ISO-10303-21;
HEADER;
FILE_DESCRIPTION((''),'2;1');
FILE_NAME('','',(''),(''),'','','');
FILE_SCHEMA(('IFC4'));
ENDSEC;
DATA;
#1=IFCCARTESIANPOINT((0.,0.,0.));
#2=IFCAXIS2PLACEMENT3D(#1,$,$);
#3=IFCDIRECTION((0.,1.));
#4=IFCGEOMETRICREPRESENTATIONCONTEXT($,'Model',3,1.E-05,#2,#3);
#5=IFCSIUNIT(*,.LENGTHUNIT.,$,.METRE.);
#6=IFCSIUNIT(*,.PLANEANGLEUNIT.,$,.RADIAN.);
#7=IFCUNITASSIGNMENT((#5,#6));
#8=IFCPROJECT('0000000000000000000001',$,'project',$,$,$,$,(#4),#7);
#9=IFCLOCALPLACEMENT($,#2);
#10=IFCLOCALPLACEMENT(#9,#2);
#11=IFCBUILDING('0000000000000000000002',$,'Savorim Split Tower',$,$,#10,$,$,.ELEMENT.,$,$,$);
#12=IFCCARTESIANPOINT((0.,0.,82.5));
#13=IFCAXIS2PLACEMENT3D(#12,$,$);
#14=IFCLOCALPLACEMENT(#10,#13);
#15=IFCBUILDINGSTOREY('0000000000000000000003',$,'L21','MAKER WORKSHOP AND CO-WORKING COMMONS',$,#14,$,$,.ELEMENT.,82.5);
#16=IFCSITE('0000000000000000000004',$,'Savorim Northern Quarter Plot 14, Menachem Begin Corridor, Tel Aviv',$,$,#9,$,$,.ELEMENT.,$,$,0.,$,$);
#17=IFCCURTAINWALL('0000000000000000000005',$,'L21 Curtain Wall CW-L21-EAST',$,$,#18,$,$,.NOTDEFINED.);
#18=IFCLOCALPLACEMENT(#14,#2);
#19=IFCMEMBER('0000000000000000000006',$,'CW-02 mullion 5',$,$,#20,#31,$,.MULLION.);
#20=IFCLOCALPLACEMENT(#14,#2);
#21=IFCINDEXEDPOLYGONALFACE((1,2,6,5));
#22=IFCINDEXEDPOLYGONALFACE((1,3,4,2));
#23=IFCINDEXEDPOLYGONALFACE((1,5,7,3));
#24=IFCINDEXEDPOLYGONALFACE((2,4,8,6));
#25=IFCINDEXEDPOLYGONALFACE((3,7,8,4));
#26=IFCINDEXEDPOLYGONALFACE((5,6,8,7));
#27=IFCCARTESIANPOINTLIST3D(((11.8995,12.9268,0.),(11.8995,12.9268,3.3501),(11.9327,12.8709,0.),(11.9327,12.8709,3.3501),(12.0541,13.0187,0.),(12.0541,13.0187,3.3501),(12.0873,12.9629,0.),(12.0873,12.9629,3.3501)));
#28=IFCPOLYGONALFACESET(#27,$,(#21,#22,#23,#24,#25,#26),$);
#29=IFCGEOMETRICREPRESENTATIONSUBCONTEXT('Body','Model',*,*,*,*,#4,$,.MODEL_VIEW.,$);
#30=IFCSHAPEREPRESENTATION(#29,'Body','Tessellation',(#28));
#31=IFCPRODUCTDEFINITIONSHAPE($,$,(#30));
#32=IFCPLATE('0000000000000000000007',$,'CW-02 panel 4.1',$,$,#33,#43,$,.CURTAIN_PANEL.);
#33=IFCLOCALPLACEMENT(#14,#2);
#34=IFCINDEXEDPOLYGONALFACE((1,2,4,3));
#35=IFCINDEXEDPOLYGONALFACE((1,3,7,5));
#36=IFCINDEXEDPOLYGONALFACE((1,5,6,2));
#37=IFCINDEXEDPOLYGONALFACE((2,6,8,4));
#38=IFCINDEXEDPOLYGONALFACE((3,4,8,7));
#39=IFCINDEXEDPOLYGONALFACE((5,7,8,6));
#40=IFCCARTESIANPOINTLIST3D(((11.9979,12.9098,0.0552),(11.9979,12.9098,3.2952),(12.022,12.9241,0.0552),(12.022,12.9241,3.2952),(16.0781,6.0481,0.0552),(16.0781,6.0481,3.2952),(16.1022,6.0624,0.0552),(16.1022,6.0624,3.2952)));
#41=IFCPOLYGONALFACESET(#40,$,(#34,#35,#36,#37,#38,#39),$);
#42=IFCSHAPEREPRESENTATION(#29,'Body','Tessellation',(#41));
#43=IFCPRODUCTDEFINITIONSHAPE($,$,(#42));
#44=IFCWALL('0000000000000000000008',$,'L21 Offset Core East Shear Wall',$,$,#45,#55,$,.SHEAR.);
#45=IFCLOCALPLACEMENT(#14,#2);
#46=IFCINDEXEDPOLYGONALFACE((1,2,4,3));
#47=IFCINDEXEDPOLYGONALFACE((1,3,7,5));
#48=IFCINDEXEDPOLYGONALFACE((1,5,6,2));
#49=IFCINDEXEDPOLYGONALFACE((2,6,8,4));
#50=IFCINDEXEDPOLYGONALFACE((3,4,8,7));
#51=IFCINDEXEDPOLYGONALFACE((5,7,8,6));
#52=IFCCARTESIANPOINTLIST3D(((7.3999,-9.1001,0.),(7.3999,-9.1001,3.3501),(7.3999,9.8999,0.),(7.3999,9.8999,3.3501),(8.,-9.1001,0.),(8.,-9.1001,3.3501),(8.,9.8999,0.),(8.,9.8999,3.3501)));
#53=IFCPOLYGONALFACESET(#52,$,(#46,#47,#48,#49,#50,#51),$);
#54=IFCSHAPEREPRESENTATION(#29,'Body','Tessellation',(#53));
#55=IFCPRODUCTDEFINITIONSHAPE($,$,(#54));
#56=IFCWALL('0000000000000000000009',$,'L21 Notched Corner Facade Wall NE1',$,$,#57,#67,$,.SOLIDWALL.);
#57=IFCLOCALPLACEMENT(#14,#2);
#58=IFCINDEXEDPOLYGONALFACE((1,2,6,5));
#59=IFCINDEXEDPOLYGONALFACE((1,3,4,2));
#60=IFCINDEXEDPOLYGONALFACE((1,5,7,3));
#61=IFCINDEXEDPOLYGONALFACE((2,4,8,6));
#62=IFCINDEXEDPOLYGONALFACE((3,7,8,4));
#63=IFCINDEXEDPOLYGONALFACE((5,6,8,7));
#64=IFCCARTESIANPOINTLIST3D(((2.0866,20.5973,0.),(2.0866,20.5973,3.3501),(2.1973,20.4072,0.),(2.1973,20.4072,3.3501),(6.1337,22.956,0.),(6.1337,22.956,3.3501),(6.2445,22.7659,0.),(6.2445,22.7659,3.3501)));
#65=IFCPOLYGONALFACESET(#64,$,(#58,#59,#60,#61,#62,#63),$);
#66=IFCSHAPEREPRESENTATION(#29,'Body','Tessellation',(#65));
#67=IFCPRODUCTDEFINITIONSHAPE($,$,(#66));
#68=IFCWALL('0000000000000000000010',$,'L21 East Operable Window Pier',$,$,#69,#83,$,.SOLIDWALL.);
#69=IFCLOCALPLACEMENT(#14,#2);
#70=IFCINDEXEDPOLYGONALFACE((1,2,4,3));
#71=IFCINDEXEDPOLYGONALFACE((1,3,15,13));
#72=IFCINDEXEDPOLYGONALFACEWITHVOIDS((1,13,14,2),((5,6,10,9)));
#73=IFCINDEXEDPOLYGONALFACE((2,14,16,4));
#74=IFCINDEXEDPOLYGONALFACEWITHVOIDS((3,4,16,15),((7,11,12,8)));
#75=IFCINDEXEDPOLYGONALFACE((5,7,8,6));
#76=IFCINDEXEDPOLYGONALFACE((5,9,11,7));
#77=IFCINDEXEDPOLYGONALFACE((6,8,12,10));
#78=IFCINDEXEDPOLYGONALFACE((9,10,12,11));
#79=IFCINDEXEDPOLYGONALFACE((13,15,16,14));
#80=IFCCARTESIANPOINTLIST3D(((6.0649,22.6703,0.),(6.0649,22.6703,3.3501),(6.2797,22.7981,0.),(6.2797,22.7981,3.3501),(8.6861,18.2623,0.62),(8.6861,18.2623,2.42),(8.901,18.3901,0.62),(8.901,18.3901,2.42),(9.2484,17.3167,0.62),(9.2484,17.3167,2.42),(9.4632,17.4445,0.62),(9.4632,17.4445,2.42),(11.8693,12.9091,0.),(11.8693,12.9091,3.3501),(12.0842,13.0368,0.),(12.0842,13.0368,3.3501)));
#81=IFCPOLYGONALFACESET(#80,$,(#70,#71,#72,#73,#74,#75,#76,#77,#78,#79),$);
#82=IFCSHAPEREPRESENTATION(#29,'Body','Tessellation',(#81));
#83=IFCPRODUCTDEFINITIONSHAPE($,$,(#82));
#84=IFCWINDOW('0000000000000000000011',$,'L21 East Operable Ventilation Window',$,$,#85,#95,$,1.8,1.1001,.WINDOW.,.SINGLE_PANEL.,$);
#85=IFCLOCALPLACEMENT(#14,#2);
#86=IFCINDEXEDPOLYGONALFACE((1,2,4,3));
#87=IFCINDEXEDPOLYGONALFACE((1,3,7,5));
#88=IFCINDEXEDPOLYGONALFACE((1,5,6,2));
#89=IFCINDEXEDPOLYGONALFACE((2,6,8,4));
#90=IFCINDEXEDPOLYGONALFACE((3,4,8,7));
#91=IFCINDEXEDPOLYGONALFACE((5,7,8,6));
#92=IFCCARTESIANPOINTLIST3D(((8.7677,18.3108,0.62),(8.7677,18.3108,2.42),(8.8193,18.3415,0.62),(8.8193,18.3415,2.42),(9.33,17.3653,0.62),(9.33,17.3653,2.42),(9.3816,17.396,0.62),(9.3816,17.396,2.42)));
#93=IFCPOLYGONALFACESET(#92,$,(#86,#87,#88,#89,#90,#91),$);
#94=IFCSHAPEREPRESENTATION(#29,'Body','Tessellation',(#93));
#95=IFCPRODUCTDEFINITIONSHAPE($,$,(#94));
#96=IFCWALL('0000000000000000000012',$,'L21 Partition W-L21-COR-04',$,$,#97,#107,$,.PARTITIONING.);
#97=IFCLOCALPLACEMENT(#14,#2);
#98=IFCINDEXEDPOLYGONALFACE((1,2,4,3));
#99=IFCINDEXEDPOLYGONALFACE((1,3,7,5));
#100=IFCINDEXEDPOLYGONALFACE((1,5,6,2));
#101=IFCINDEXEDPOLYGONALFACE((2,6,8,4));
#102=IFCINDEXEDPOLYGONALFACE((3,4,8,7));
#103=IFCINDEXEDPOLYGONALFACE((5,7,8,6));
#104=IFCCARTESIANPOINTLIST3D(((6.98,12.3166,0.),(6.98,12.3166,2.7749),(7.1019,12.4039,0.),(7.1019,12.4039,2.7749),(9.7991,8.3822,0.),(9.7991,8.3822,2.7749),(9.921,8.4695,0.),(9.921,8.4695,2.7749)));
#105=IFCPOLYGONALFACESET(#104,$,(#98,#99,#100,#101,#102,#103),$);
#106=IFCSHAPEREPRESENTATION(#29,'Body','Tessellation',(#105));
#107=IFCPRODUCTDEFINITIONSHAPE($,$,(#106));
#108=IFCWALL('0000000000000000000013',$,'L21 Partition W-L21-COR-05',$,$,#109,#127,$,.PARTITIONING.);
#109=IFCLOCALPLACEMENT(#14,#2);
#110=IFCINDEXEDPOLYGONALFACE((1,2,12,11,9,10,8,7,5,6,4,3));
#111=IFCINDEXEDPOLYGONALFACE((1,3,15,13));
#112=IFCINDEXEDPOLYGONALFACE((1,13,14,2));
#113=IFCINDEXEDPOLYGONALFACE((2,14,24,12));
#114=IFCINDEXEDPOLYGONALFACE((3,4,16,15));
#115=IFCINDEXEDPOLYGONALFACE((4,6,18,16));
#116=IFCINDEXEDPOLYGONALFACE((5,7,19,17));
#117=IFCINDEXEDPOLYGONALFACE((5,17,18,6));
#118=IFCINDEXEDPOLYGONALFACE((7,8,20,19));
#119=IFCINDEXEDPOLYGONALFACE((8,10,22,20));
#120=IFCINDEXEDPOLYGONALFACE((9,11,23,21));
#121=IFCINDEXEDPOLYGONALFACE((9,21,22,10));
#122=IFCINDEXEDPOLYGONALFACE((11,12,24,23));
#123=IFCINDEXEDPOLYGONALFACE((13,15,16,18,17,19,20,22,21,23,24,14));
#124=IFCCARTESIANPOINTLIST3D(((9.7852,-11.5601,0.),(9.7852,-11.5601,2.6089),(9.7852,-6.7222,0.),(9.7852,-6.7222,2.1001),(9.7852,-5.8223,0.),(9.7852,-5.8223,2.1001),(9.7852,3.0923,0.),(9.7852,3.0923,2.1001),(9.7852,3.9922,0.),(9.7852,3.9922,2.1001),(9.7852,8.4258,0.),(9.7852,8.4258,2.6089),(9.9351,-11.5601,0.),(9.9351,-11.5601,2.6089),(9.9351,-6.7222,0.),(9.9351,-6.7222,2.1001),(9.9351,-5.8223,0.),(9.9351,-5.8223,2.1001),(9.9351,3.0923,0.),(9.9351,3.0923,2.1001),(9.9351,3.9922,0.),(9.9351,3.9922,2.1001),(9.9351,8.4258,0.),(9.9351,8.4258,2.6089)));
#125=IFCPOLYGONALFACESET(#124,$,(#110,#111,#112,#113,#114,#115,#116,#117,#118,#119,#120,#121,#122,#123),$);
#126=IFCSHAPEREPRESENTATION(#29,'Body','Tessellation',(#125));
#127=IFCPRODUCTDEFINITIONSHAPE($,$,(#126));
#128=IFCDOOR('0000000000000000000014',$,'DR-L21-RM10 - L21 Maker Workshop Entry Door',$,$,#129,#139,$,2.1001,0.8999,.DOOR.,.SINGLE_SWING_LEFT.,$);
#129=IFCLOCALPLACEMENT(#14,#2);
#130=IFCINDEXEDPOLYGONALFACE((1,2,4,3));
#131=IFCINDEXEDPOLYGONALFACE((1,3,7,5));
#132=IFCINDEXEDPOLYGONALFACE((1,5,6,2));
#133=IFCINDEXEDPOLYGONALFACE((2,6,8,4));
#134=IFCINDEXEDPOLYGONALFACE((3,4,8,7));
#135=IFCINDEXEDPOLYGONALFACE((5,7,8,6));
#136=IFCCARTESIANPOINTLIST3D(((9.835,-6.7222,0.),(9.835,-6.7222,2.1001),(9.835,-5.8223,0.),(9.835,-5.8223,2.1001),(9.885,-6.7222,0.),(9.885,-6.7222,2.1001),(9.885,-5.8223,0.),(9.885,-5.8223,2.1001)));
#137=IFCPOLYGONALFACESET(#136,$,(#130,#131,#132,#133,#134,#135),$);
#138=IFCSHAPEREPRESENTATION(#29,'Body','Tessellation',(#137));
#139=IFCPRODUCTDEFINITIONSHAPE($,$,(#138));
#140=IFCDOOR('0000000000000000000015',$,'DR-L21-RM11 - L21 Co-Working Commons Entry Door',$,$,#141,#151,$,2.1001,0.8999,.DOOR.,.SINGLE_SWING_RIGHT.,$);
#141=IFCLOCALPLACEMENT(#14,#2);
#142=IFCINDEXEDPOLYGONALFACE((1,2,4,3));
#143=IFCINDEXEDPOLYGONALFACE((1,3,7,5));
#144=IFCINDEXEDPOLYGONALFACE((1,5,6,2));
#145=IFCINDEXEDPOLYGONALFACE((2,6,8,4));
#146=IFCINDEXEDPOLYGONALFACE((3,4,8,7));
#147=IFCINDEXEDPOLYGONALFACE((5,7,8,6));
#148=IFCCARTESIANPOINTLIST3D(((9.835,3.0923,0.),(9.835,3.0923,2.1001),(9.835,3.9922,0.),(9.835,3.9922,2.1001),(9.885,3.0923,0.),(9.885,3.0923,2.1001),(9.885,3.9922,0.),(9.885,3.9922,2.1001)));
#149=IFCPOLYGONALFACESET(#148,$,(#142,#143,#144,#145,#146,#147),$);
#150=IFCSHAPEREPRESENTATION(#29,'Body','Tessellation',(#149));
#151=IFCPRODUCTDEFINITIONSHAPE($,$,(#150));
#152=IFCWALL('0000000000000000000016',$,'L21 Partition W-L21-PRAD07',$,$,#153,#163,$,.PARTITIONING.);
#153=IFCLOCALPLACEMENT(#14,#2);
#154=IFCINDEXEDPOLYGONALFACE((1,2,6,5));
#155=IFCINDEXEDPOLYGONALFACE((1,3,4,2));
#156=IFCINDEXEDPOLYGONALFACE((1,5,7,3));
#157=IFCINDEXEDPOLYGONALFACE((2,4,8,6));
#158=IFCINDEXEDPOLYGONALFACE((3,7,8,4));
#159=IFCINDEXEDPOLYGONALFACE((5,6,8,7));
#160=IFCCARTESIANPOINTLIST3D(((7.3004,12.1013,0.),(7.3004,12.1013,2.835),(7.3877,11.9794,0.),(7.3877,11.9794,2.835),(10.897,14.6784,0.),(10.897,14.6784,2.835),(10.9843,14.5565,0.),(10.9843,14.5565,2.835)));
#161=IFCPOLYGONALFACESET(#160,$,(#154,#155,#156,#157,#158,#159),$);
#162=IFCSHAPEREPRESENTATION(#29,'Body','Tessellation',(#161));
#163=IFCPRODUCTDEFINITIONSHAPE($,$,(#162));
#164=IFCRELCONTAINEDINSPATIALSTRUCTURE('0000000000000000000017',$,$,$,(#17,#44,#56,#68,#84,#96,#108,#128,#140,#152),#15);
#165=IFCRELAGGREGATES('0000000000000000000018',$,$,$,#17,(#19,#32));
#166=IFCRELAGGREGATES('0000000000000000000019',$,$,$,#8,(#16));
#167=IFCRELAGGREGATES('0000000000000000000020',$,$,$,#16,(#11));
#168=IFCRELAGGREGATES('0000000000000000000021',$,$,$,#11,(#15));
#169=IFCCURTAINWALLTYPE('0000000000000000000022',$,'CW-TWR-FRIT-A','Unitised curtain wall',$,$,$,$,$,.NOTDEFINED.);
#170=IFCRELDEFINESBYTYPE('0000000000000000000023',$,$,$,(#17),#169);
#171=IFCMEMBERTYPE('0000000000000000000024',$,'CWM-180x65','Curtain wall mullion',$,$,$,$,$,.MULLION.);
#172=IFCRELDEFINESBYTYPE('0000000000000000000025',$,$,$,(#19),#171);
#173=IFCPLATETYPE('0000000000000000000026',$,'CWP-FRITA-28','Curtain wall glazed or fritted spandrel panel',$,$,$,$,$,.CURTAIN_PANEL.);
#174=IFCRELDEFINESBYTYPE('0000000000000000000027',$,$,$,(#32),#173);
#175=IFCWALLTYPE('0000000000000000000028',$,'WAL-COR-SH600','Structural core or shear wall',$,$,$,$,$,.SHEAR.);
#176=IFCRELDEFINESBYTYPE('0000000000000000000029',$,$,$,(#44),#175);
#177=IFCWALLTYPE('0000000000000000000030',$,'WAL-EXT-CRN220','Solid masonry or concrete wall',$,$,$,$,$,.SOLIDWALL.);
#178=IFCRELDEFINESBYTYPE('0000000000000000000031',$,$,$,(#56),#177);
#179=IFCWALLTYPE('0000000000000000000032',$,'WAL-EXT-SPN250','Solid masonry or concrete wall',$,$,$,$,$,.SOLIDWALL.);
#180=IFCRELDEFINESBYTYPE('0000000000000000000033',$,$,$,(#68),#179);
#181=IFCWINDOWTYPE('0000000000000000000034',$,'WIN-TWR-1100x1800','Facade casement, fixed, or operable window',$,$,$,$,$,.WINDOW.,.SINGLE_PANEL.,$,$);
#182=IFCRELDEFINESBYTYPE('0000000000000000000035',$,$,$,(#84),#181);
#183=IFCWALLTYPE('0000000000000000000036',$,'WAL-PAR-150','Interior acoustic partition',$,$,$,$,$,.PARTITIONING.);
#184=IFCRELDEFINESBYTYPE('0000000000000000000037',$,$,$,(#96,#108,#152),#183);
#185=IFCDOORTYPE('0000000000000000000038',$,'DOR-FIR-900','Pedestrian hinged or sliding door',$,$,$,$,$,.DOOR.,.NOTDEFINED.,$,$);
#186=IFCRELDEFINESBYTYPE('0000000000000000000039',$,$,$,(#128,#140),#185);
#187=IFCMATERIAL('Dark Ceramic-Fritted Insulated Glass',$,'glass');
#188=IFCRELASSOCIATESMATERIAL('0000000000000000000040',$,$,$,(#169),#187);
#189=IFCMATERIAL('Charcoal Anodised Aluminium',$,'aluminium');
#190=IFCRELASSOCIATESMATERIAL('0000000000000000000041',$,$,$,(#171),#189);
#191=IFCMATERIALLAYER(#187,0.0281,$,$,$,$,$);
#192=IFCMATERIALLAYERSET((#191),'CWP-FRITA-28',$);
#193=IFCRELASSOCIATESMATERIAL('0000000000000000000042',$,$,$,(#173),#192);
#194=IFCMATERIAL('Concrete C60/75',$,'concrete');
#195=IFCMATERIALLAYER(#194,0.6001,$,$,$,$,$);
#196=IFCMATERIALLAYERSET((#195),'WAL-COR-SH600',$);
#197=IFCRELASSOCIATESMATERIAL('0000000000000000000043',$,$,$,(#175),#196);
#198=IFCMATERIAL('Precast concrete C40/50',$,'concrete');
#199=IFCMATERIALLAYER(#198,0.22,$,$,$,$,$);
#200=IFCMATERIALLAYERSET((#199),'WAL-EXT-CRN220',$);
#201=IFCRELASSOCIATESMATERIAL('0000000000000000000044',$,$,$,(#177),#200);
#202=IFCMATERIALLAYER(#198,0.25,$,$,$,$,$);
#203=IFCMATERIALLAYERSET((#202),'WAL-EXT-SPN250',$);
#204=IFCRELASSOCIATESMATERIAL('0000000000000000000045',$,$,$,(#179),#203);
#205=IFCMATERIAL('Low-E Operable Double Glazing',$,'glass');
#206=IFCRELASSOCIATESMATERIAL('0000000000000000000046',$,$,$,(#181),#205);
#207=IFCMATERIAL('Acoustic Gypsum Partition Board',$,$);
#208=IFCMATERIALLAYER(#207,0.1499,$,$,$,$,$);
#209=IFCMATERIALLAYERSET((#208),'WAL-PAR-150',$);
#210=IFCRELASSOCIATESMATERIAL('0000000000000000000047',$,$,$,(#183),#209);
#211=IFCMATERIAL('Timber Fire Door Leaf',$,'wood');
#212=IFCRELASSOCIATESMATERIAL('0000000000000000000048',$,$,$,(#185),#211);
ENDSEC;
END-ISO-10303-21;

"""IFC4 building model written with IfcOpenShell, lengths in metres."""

from ifc_helpers import new_model, si_unit, direction, frame, frame_2d, origin, origin_2d, place, context, subcontext, project, spatial, rectangle, extrude, material, layer, layer_set, material_profile, profile_set, type_object, element, fill, aggregate, save


model = new_model("IFC4")

# Units and contexts
model_context = context("Model", 3, precision=1e-05, world=origin(), true_north=direction((0.0, 1.0)))
body_context = subcontext(model_context, "Body", "Model", "MODEL_VIEW")
ifc_project = project(units=[si_unit("LENGTHUNIT", "METRE"), si_unit("PLANEANGLEUNIT", "RADIAN")], contexts=[model_context])

# Site, building, storey
site_placement = place(None, origin())
site = spatial("IfcSite", under=ifc_project, at=site_placement, Name="Savorim Northern Quarter Plot 14, Menachem Begin Corridor, Tel Aviv", CompositionType="ELEMENT", RefElevation=0.0)
building_placement = place(site_placement, origin())
building = spatial("IfcBuilding", under=site, at=building_placement, Name="Savorim Split Tower", CompositionType="ELEMENT")
storey_placement = place(building_placement, frame((0.0, 0.0, 82.5)))
storey = spatial("IfcBuildingStorey", under=building, at=storey_placement, Name="L21", Description="MAKER WORKSHOP AND CO-WORKING COMMONS", CompositionType="ELEMENT", Elevation=82.5)

# Curtain wall, member, plate
ifc_material_1 = material(Name="Dark Ceramic-Fritted Insulated Glass", Category="glass")
curtain_wall_type = type_object("IfcCurtainWallType", Name="CW-TWR-FRIT-A", Description="Unitised curtain wall", PredefinedType="NOTDEFINED", material=ifc_material_1)
curtain_wall_placement = place(storey_placement, origin())
curtain_wall = element("IfcCurtainWall", 1, at=curtain_wall_placement, inside=storey, type_object=curtain_wall_type, Name="L21 Curtain Wall CW-L21-EAST", PredefinedType="NOTDEFINED")
ifc_material_2 = material(Name="Charcoal Anodised Aluminium", Category="aluminium")
ifc_material_profile_1 = material_profile(ifc_material_2, rectangle(XDim=0.1799, YDim=0.0649, at=origin_2d()), Name="ALU-M 180x65")
ifc_profile_set_1 = profile_set([ifc_material_profile_1], Name="Charcoal Anodised Aluminium")
member_type = type_object("IfcMemberType", Name="CWM-180x65", Description="Curtain wall mullion", PredefinedType="MULLION", material=ifc_profile_set_1)
member_placement = place(storey_placement, frame((11.9934, 12.9448, 0.0), z_axis=(0.0, 0.0, 1.0), x_axis=(-0.859525, -0.511094, 0.0)))
member = element("IfcMember", 2, at=member_placement, type_object=member_type, Name="CW-02 mullion 5", PredefinedType="MULLION", context=body_context, shape_type="SweptSolid", body=[
    extrude(rectangle(XDim=0.1799, YDim=0.0649, at=origin_2d()), origin(), (0.0, 0.0, 1.0), 3.3501),
])
ifc_layer_1 = layer(ifc_material_1, 0.0281)
ifc_layer_set_1 = layer_set([ifc_layer_1], Name="CWP-FRITA-28")
plate_type = type_object("IfcPlateType", Name="CWP-FRITA-28", Description="Curtain wall glazed or fritted spandrel panel", PredefinedType="CURTAIN_PANEL", material=ifc_layer_set_1)
plate_placement = place(storey_placement, frame((14.05, 9.4861, 0.0552), z_axis=(0.0, 0.0, 1.0), x_axis=(-0.511094, 0.859525, 0.0)))
plate = element("IfcPlate", 3, at=plate_placement, type_object=plate_type, Name="CW-02 panel 4.1", PredefinedType="CURTAIN_PANEL", context=body_context, shape_type="SweptSolid", body=[
    extrude(rectangle(XDim=7.9832, YDim=0.0281, at=origin_2d()), origin(), (0.0, 0.0, 1.0), 3.24),
])
aggregate(curtain_wall, [member, plate])

# Shared definitions
ifc_material_3 = material(Name="Concrete C60/75", Category="concrete")
ifc_layer_2 = layer(ifc_material_3, 0.6001)
ifc_layer_set_2 = layer_set([ifc_layer_2], Name="WAL-COR-SH600")
wall_type_1 = type_object("IfcWallType", Name="WAL-COR-SH600", Description="Structural core or shear wall", PredefinedType="SHEAR", material=ifc_layer_set_2)
ifc_material_4 = material(Name="Timber Fire Door Leaf", Category="wood")

# Walls
wall_1_placement = place(storey_placement, frame((7.7, 9.8999, 0.0), z_axis=(0.0, 0.0, 1.0), x_axis=(0.0, -1.0, 0.0)))
element("IfcWall", 4, at=wall_1_placement, inside=storey, type_object=wall_type_1, Name="L21 Offset Core East Shear Wall", PredefinedType="SHEAR", context=body_context, shape_type="SweptSolid", body=[
    extrude(rectangle(XDim=19.0, YDim=0.6001, at=frame_2d((9.5, 0.0))), origin(), (0.0, 0.0, 1.0), 3.3501),
])
ifc_material_5 = material(Name="Precast concrete C40/50", Category="concrete")
ifc_layer_3 = layer(ifc_material_5, 0.22)
ifc_layer_set_3 = layer_set([ifc_layer_3], Name="WAL-EXT-CRN220")
wall_type_2 = type_object("IfcWallType", Name="WAL-EXT-CRN220", Description="Solid masonry or concrete wall", PredefinedType="SOLIDWALL", material=ifc_layer_set_3)
wall_2_placement = place(storey_placement, frame((2.1418, 20.5022, 0.0), z_axis=(0.0, 0.0, 1.0), x_axis=(0.863981, 0.503524, 0.0)))
element("IfcWall", 5, at=wall_2_placement, inside=storey, type_object=wall_type_2, Name="L21 Notched Corner Facade Wall NE1", PredefinedType="SOLIDWALL", context=body_context, shape_type="SweptSolid", body=[
    extrude(rectangle(XDim=4.6843, YDim=0.22, at=frame_2d((2.3423, 0.0))), origin(), (0.0, 0.0, 1.0), 3.3501),
])

# Wall, opening, window
ifc_layer_4 = layer(ifc_material_5, 0.25)
ifc_layer_set_4 = layer_set([ifc_layer_4], Name="WAL-EXT-SPN250")
wall_type_3 = type_object("IfcWallType", Name="WAL-EXT-SPN250", Description="Solid masonry or concrete wall", PredefinedType="SOLIDWALL", material=ifc_layer_set_4)
wall_3_placement = place(storey_placement, frame((6.1724, 22.7341, 0.0), z_axis=(0.0, 0.0, 1.0), x_axis=(0.511106, -0.859518, 0.0)))
wall_3 = element("IfcWall", 6, at=wall_3_placement, inside=storey, type_object=wall_type_3, Name="L21 East Operable Window Pier", PredefinedType="SOLIDWALL", context=body_context, shape_type="SweptSolid", body=[
    extrude(rectangle(XDim=11.3567, YDim=0.25, at=frame_2d((5.6782, 0.0))), origin(), (0.0, 0.0, 1.0), 3.3501),
])
opening_1_placement = place(wall_3_placement, frame((5.1284, 0.0, 0.6201)))
opening_1 = element("IfcOpeningElement", 7, at=opening_1_placement, cuts=wall_3, PredefinedType="OPENING", context=body_context, shape_type="SweptSolid", body=[
    extrude(rectangle(XDim=1.1001, YDim=1.8, at=frame_2d((0.55, 0.8999))), frame((0.0, 0.135, 0.0), z_axis=(0.0, -1.0, 0.0), x_axis=(1.0, 0.0, 0.0)), (0.0, 0.0, 1.0), 0.27),
])
ifc_material_6 = material(Name="Low-E Operable Double Glazing", Category="glass")
window_type = type_object("IfcWindowType", Name="WIN-TWR-1100x1800", Description="Facade casement, fixed, or operable window", PartitioningType="SINGLE_PANEL", PredefinedType="WINDOW", material=ifc_material_6)
window_placement = place(opening_1_placement, origin())
window = element("IfcWindow", 8, at=window_placement, inside=storey, type_object=window_type, Name="L21 East Operable Ventilation Window", OverallHeight=1.8, OverallWidth=1.1001, PartitioningType="SINGLE_PANEL", PredefinedType="WINDOW", context=body_context, shape_type="SweptSolid", body=[
    extrude(rectangle(XDim=1.1001, YDim=1.8, at=frame_2d((0.55, 0.8999))), frame((0.0, 0.03, 0.0), z_axis=(0.0, -1.0, 0.0), x_axis=(1.0, 0.0, 0.0)), (0.0, 0.0, 1.0), 0.0601),
])
fill(opening_1, window)

# Wall
ifc_material_7 = material(Name="Acoustic Gypsum Partition Board")
ifc_layer_5 = layer(ifc_material_7, 0.1499)
ifc_layer_set_5 = layer_set([ifc_layer_5], Name="WAL-PAR-150")
wall_type_4 = type_object("IfcWallType", Name="WAL-PAR-150", Description="Interior acoustic partition", PredefinedType="PARTITIONING", material=ifc_layer_set_5)
wall_4_placement = place(storey_placement, frame((7.041, 12.3601, 0.0), z_axis=(0.0, 0.0, 1.0), x_axis=(0.58245, -0.812867, 0.0)))
element("IfcWall", 9, at=wall_4_placement, inside=storey, type_object=wall_type_4, Name="L21 Partition W-L21-COR-04", PredefinedType="PARTITIONING", context=body_context, shape_type="SweptSolid", body=[
    extrude(rectangle(XDim=4.8401, YDim=0.1499, at=frame_2d((2.4199, 0.0))), origin(), (0.0, 0.0, 1.0), 2.7749),
])

# Wall, openings, doors
wall_5_placement = place(storey_placement, frame((9.8601, 8.4258, 0.0), z_axis=(0.0, 0.0, 1.0), x_axis=(0.0, -1.0, 0.0)))
wall_5 = element("IfcWall", 10, at=wall_5_placement, inside=storey, type_object=wall_type_4, Name="L21 Partition W-L21-COR-05", PredefinedType="PARTITIONING", context=body_context, shape_type="SweptSolid", body=[
    extrude(rectangle(XDim=19.9858, YDim=0.1499, at=frame_2d((9.9929, 0.0))), origin(), (0.0, 0.0, 1.0), 2.6089),
])
opening_2_placement = place(wall_5_placement, frame((14.248, 0.0, 0.0)))
opening_2 = element("IfcOpeningElement", 11, at=opening_2_placement, cuts=wall_5, PredefinedType="OPENING", context=body_context, shape_type="SweptSolid", body=[
    extrude(rectangle(XDim=0.8999, YDim=2.1001, at=frame_2d((0.45, 1.05))), frame((0.0, 0.085, 0.0), z_axis=(0.0, -1.0, 0.0), x_axis=(1.0, 0.0, 0.0)), (0.0, 0.0, 1.0), 0.1699),
])
opening_3_placement = place(wall_5_placement, frame((4.4336, 0.0, 0.0)))
opening_3 = element("IfcOpeningElement", 12, at=opening_3_placement, cuts=wall_5, PredefinedType="OPENING", context=body_context, shape_type="SweptSolid", body=[
    extrude(rectangle(XDim=0.8999, YDim=2.1001, at=frame_2d((0.45, 1.05))), frame((0.0, 0.085, 0.0), z_axis=(0.0, -1.0, 0.0), x_axis=(1.0, 0.0, 0.0)), (0.0, 0.0, 1.0), 0.1699),
])
door_type_1 = type_object("IfcDoorType", Name="DOR-FIR-900", Description="Pedestrian hinged or sliding door", OperationType="NOTDEFINED", PredefinedType="DOOR", material=ifc_material_4)
door_1_placement = place(opening_2_placement, origin())
door_1 = element("IfcDoor", 13, at=door_1_placement, inside=storey, type_object=door_type_1, Name="DR-L21-RM10 - L21 Maker Workshop Entry Door", OperationType="SINGLE_SWING_LEFT", OverallHeight=2.1001, OverallWidth=0.8999, PredefinedType="DOOR", context=body_context, shape_type="SweptSolid", body=[
    extrude(rectangle(XDim=0.8999, YDim=2.1001, at=frame_2d((0.45, 1.05))), frame((0.0, 0.0249, 0.0), z_axis=(0.0, -1.0, 0.0), x_axis=(1.0, 0.0, 0.0)), (0.0, 0.0, 1.0), 0.05),
])
fill(opening_2, door_1)
door_2_placement = place(opening_3_placement, origin())
door_2 = element("IfcDoor", 14, at=door_2_placement, inside=storey, type_object=door_type_1, Name="DR-L21-RM11 - L21 Co-Working Commons Entry Door", OperationType="SINGLE_SWING_RIGHT", OverallHeight=2.1001, OverallWidth=0.8999, PredefinedType="DOOR", context=body_context, shape_type="SweptSolid", body=[
    extrude(rectangle(XDim=0.8999, YDim=2.1001, at=frame_2d((0.45, 1.05))), frame((0.0, 0.0249, 0.0), z_axis=(0.0, -1.0, 0.0), x_axis=(1.0, 0.0, 0.0)), (0.0, 0.0, 1.0), 0.05),
])
fill(opening_3, door_2)

# Wall
wall_6_placement = place(storey_placement, frame((7.344, 12.0403, 0.0), z_axis=(0.0, 0.0, 1.0), x_axis=(0.812868, 0.582448, 0.0)))
element("IfcWall", 15, at=wall_6_placement, inside=storey, type_object=wall_type_4, Name="L21 Partition W-L21-PRAD07", PredefinedType="PARTITIONING", context=body_context, shape_type="SweptSolid", body=[
    extrude(rectangle(XDim=4.4246, YDim=0.1499, at=frame_2d((2.2124, 0.0))), origin(), (0.0, 0.0, 1.0), 2.835),
])

save(model, "model.ifc")
